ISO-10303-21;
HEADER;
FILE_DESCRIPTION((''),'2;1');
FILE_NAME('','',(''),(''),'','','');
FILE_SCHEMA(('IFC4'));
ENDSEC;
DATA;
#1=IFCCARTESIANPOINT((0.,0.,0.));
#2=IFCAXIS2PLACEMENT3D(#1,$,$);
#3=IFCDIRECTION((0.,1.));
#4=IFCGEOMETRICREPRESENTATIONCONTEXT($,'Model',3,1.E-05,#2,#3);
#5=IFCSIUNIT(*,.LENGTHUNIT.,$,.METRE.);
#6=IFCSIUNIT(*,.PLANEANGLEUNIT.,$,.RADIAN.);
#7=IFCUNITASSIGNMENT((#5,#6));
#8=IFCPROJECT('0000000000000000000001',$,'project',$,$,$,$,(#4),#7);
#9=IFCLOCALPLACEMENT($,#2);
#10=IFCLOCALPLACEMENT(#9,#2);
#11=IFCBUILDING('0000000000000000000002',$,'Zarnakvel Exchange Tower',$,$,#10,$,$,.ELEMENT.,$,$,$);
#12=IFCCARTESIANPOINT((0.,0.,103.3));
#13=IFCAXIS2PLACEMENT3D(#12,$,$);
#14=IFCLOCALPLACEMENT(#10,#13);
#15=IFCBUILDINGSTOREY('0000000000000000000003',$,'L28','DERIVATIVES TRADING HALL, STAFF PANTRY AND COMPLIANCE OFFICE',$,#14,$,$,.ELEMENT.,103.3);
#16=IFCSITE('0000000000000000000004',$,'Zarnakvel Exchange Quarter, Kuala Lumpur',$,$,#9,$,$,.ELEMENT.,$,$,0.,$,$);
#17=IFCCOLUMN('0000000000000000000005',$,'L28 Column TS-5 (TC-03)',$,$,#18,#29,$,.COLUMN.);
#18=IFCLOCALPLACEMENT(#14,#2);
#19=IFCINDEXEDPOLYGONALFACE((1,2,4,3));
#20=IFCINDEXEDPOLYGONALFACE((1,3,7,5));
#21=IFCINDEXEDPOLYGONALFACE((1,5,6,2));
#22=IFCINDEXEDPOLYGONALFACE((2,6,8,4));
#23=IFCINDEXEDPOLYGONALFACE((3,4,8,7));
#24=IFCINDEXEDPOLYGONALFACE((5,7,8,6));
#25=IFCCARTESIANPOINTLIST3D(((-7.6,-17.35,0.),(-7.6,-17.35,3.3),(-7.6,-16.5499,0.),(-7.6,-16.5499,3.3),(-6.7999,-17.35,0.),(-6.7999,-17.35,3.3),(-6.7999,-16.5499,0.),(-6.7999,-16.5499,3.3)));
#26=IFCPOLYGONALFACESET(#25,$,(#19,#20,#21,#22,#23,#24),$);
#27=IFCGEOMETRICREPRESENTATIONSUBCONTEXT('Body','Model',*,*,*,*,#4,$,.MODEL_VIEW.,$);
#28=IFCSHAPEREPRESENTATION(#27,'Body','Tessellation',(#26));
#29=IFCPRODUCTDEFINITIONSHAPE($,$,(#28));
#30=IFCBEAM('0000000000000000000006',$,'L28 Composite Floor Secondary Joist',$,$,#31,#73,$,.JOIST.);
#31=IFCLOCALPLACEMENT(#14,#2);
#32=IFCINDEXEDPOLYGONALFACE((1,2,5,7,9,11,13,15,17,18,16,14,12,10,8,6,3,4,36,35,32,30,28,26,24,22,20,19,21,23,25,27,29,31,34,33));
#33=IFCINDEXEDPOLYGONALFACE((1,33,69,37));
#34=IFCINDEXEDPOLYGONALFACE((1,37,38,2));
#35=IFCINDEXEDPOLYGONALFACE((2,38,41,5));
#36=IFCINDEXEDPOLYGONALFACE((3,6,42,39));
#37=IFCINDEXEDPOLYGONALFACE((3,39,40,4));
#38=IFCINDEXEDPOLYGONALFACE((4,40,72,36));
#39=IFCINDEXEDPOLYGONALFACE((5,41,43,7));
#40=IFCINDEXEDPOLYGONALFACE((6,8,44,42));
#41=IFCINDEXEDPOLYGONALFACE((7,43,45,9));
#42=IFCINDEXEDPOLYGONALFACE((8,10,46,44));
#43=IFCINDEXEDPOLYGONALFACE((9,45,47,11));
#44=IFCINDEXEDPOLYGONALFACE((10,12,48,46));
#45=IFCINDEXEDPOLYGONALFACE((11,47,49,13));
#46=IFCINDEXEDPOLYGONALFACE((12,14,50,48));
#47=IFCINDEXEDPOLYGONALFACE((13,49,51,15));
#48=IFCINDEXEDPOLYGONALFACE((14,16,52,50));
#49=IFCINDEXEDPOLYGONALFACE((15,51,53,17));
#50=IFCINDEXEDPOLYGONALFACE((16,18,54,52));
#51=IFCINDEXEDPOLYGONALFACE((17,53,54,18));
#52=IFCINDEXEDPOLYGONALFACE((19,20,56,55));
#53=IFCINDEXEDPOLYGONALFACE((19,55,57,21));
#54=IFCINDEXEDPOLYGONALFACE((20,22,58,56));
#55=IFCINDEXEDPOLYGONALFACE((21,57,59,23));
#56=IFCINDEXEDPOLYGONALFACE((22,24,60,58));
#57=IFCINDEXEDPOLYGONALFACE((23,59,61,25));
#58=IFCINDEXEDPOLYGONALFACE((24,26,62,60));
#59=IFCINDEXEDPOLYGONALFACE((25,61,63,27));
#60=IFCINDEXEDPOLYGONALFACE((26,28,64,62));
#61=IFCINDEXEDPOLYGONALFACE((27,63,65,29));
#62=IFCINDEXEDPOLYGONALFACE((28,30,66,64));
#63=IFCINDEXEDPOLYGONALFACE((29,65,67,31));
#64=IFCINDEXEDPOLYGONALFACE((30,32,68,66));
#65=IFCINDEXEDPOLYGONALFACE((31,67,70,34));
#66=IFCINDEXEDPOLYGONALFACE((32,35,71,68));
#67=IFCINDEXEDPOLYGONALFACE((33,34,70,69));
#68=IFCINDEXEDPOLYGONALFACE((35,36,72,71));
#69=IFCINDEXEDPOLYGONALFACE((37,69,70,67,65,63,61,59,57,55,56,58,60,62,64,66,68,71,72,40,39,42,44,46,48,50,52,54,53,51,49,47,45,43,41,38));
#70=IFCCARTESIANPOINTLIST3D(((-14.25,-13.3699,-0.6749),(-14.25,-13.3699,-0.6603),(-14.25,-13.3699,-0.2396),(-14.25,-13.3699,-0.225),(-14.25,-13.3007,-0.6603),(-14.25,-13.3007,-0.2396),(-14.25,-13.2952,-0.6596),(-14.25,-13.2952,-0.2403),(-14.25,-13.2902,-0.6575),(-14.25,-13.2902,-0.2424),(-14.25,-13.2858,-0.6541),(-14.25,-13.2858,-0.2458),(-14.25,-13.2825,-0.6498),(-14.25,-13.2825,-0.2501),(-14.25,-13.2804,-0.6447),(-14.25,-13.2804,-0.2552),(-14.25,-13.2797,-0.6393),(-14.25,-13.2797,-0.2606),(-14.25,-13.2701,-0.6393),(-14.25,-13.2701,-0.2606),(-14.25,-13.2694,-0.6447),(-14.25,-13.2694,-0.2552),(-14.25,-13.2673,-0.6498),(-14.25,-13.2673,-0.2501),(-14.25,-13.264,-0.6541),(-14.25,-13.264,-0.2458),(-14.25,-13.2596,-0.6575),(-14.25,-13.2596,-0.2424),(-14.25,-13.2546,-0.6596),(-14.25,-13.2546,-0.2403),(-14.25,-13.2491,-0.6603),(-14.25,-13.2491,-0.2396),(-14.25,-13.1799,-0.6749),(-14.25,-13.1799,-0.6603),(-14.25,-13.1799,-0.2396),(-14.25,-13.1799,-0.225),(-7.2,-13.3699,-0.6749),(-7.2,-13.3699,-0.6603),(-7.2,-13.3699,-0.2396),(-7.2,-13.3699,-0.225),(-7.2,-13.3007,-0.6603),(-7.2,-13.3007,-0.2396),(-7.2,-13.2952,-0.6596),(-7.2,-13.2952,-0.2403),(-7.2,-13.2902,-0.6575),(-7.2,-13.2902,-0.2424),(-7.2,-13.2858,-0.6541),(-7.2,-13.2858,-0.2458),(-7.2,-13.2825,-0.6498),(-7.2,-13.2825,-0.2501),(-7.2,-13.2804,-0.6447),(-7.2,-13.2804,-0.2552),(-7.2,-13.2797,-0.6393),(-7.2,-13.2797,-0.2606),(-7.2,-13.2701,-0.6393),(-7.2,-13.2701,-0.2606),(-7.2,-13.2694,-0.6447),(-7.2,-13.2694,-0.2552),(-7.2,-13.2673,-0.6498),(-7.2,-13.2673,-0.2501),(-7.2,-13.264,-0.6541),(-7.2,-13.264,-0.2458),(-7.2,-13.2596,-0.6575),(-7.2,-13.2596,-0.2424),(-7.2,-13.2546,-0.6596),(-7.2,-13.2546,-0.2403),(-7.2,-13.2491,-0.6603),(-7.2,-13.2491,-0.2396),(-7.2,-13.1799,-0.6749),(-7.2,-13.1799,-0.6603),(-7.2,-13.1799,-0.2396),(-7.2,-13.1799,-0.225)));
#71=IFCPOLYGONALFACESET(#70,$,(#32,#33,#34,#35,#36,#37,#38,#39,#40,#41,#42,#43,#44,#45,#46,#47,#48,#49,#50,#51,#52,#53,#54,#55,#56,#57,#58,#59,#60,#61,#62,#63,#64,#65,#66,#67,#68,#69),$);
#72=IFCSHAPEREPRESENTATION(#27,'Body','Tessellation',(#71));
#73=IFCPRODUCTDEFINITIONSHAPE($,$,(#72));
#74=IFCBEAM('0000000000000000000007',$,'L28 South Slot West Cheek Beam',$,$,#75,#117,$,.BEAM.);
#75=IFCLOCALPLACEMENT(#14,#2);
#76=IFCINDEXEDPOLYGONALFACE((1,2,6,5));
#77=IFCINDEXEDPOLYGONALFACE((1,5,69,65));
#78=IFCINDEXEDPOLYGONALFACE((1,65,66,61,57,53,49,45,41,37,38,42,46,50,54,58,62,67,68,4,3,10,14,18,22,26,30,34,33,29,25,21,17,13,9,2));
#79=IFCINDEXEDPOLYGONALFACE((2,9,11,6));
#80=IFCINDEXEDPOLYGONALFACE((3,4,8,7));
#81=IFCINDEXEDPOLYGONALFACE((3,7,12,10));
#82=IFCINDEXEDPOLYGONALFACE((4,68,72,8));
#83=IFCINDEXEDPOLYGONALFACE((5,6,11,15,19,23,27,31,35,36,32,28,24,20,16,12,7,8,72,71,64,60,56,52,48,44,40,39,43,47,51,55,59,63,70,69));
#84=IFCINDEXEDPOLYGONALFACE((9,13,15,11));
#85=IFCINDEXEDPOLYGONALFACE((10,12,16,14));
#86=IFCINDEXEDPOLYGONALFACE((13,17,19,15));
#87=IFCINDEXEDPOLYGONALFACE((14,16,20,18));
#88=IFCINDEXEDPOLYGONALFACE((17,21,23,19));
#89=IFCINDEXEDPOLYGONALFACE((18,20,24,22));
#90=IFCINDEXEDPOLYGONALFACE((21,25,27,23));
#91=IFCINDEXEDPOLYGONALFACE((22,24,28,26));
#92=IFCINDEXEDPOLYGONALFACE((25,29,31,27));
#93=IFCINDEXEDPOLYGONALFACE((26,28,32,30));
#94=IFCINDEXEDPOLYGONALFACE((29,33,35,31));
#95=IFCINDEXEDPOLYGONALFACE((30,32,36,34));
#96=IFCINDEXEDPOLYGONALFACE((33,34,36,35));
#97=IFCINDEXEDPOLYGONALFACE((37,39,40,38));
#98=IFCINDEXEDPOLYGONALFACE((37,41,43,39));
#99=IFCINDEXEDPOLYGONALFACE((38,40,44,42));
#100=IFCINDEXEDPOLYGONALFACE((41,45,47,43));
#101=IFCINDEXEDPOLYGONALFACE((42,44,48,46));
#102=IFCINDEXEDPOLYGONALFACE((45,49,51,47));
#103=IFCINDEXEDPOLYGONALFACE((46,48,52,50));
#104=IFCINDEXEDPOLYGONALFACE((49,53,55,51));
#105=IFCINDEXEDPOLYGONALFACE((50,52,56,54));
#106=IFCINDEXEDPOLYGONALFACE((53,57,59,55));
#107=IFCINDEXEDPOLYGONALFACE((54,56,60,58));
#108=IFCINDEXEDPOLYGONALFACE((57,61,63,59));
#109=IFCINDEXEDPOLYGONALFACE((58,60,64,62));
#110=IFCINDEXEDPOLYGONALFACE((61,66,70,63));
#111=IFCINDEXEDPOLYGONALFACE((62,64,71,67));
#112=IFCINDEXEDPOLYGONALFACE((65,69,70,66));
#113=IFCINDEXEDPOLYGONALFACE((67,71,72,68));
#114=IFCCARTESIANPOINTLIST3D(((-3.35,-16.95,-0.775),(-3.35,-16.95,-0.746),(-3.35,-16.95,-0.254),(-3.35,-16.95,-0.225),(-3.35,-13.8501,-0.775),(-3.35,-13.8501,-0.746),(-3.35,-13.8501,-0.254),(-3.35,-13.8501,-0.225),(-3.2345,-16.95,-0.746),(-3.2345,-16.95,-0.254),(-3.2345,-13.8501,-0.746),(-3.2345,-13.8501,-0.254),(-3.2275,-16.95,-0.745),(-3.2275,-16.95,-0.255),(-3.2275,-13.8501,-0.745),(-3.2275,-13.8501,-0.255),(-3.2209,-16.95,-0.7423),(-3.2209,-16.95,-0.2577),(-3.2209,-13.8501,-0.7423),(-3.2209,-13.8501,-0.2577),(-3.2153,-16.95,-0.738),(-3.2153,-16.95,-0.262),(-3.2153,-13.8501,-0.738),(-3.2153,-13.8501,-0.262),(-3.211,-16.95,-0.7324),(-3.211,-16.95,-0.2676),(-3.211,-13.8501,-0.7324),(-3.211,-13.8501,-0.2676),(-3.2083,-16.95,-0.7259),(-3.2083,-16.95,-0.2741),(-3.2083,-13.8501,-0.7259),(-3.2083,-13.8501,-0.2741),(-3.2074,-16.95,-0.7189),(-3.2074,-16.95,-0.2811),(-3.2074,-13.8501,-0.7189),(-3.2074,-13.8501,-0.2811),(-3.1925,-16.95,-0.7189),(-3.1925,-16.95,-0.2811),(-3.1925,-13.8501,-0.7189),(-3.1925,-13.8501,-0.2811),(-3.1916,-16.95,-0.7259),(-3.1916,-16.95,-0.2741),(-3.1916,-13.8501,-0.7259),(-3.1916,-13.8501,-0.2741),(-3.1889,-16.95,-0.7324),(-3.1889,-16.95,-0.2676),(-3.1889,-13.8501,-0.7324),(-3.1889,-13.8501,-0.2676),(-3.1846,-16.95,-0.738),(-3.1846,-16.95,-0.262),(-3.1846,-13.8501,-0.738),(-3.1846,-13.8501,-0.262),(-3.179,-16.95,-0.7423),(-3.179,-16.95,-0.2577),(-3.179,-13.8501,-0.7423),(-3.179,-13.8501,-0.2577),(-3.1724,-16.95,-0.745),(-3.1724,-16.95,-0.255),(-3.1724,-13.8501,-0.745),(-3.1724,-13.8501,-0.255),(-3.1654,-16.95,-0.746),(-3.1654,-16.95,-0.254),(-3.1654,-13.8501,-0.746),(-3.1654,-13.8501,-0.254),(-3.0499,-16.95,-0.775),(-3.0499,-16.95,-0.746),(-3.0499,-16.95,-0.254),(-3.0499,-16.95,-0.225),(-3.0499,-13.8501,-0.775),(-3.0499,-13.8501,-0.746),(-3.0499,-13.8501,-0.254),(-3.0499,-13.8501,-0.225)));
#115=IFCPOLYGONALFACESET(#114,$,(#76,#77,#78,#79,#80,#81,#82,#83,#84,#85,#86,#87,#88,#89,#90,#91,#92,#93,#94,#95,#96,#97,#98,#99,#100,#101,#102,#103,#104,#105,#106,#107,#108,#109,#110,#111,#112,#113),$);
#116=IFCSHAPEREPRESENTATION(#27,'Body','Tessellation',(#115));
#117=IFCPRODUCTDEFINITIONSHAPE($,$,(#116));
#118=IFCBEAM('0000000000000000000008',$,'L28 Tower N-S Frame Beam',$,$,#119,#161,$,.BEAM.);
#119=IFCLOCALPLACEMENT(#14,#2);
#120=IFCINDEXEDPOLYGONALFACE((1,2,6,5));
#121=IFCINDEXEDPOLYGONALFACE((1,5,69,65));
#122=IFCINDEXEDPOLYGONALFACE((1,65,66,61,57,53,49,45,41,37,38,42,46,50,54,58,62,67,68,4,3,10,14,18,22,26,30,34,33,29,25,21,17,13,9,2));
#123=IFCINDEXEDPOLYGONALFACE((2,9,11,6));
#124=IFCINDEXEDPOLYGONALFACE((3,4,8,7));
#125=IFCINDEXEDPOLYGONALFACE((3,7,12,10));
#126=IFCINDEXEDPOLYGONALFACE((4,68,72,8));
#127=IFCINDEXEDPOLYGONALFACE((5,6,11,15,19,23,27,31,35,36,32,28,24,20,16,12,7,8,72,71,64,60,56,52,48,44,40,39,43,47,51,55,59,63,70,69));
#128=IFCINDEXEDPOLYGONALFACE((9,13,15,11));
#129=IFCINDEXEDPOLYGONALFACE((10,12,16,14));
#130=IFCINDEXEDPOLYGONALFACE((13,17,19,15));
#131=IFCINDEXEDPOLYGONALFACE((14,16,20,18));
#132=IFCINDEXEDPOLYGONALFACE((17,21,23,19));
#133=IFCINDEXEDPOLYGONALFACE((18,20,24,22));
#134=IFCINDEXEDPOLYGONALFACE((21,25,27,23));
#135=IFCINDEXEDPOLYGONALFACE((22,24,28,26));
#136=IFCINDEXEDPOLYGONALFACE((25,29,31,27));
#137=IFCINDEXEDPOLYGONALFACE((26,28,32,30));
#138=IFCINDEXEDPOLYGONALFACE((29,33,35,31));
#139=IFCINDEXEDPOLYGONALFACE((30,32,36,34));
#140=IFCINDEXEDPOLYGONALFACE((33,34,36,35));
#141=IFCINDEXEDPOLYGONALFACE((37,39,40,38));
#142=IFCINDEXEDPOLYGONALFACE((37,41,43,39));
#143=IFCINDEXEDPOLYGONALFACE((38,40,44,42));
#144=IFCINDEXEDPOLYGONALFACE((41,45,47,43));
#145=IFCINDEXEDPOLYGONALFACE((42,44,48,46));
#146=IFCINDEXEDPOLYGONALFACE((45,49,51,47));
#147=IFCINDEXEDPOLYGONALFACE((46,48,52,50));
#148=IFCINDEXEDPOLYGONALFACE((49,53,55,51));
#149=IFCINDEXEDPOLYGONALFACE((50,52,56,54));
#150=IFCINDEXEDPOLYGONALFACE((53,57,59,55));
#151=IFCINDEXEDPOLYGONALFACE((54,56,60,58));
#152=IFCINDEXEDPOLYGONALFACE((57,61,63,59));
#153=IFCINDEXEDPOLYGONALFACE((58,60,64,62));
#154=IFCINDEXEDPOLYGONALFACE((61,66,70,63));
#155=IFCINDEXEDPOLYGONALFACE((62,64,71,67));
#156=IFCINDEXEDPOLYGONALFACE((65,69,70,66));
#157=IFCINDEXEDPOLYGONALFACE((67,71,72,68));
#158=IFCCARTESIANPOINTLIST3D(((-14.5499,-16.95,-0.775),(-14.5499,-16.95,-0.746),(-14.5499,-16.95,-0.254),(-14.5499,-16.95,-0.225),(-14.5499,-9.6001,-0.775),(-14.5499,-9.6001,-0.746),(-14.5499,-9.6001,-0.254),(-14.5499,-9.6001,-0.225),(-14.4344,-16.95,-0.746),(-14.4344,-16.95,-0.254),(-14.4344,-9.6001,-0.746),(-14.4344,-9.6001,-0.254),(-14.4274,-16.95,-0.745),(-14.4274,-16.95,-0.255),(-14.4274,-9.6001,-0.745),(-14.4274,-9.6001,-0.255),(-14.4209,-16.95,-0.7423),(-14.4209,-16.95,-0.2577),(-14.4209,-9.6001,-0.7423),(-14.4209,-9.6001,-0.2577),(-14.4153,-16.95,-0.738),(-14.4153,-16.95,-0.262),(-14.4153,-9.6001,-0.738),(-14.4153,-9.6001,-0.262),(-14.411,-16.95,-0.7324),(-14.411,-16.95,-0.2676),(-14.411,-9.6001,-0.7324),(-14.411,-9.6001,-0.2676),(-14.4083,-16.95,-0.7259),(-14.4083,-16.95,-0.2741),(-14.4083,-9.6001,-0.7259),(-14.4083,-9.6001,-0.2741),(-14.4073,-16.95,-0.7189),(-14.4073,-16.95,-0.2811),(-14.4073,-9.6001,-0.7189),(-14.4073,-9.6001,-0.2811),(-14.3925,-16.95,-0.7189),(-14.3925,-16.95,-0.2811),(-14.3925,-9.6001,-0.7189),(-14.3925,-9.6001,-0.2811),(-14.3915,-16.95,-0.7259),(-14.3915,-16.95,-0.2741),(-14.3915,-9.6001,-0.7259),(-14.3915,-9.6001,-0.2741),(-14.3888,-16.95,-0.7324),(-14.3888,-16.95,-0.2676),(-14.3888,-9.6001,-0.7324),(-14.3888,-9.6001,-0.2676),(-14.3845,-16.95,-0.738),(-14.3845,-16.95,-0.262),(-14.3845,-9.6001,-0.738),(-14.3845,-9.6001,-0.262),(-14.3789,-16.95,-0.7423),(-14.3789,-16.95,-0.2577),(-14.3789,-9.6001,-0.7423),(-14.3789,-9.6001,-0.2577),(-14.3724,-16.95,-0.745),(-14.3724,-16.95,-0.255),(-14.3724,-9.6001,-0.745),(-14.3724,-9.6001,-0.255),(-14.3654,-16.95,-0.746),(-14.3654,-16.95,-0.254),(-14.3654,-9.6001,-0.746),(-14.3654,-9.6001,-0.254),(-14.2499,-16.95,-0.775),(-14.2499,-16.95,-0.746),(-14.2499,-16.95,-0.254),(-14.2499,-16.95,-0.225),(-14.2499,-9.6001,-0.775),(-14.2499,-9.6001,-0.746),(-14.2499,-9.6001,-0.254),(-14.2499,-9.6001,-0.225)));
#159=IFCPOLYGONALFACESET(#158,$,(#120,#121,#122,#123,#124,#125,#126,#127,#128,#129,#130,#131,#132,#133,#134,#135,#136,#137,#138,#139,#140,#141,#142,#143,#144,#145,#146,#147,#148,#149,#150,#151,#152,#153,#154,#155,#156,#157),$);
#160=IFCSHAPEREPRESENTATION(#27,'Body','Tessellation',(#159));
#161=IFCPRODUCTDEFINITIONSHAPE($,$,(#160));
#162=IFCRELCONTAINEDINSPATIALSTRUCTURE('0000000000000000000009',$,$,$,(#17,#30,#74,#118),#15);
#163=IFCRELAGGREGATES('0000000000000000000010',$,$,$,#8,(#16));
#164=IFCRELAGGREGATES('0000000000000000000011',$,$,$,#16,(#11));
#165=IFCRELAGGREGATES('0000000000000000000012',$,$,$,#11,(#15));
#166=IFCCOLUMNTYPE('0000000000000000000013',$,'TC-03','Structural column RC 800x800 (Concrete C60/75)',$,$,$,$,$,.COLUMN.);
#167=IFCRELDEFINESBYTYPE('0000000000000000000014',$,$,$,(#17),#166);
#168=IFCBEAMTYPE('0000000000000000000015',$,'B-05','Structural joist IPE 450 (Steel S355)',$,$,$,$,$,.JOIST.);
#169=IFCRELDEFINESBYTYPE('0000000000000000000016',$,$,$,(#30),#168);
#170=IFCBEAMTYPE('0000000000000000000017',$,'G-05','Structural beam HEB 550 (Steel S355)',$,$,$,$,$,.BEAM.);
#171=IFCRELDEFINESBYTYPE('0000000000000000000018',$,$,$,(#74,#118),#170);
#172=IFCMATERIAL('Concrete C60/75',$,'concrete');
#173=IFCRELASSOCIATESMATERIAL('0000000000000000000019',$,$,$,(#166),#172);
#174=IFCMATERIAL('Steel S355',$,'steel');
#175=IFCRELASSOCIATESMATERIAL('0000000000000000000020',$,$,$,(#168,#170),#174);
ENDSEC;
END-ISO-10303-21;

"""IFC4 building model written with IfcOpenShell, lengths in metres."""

from ifc_helpers import new_model, si_unit, direction, frame, origin, origin_2d, place, context, subcontext, project, spatial, rectangle, i_section, extrude, material, material_profile, profile_set, type_object, element, save


model = new_model("IFC4")

# Units and contexts
model_context = context("Model", 3, precision=1e-05, world=origin(), true_north=direction((0.0, 1.0)))
body_context = subcontext(model_context, "Body", "Model", "MODEL_VIEW")
ifc_project = project(units=[si_unit("LENGTHUNIT", "METRE"), si_unit("PLANEANGLEUNIT", "RADIAN")], contexts=[model_context])

# Site, building, storey
site_placement = place(None, origin())
site = spatial("IfcSite", under=ifc_project, at=site_placement, Name="Zarnakvel Exchange Quarter, Kuala Lumpur", CompositionType="ELEMENT", RefElevation=0.0)
building_placement = place(site_placement, origin())
building = spatial("IfcBuilding", under=site, at=building_placement, Name="Zarnakvel Exchange Tower", CompositionType="ELEMENT")
storey_placement = place(building_placement, frame((0.0, 0.0, 103.3)))
storey = spatial("IfcBuildingStorey", under=building, at=storey_placement, Name="L28", Description="DERIVATIVES TRADING HALL, STAFF PANTRY AND COMPLIANCE OFFICE", CompositionType="ELEMENT", Elevation=103.3)

# Column
ifc_material_1 = material(Name="Concrete C60/75", Category="concrete")
ifc_material_profile_1 = material_profile(ifc_material_1, rectangle(XDim=0.8, YDim=0.8, at=origin_2d()))
ifc_profile_set_1 = profile_set([ifc_material_profile_1], Name="Concrete C60/75")
column_type = type_object("IfcColumnType", Name="TC-03", Description="Structural column RC 800x800 (Concrete C60/75)", PredefinedType="COLUMN", material=ifc_profile_set_1)
column_placement = place(storey_placement, frame((-7.2, -16.95, 0.0), z_axis=(0.0, 0.0, 1.0), x_axis=(1.0, 0.0, 0.0)))
element("IfcColumn", 1, at=column_placement, inside=storey, type_object=column_type, Name="L28 Column TS-5 (TC-03)", PredefinedType="COLUMN", context=body_context, shape_type="SweptSolid", body=[
    extrude(rectangle(XDim=0.8, YDim=0.8, at=origin_2d()), origin(), (0.0, 0.0, 1.0), 3.3),
])

# Beams
ifc_material_2 = material(Name="Steel S355", Category="steel")
ifc_material_profile_2 = material_profile(ifc_material_2, i_section(OverallWidth=0.1899, OverallDepth=0.45, WebThickness=0.0095, FlangeThickness=0.0146, FilletRadius=0.021, at=origin_2d()))
ifc_profile_set_2 = profile_set([ifc_material_profile_2], Name="Steel S355")
beam_type_1 = type_object("IfcBeamType", Name="B-05", Description="Structural joist IPE 450 (Steel S355)", PredefinedType="JOIST", material=ifc_profile_set_2)
beam_1_placement = place(storey_placement, frame((-14.25, -13.2749, -0.45), z_axis=(1.0, 0.0, 0.0), x_axis=(0.0, 1.0, 0.0)))
element("IfcBeam", 2, at=beam_1_placement, inside=storey, type_object=beam_type_1, Name="L28 Composite Floor Secondary Joist", PredefinedType="JOIST", context=body_context, shape_type="SweptSolid", body=[
    extrude(i_section(OverallWidth=0.1899, OverallDepth=0.45, WebThickness=0.0095, FlangeThickness=0.0146, FilletRadius=0.021, at=origin_2d()), origin(), (0.0, 0.0, 1.0), 7.05),
])
ifc_material_profile_3 = material_profile(ifc_material_2, i_section(OverallWidth=0.3, OverallDepth=0.55, WebThickness=0.0149, FlangeThickness=0.0291, FilletRadius=0.0271, at=origin_2d()))
ifc_profile_set_3 = profile_set([ifc_material_profile_3], Name="Steel S355")
beam_type_2 = type_object("IfcBeamType", Name="G-05", Description="Structural beam HEB 550 (Steel S355)", PredefinedType="BEAM", material=ifc_profile_set_3)
beam_2_placement = place(storey_placement, frame((-3.2, -16.95, -0.5), z_axis=(0.0, 1.0, 0.0), x_axis=(-1.0, 0.0, 0.0)))
element("IfcBeam", 3, at=beam_2_placement, inside=storey, type_object=beam_type_2, Name="L28 South Slot West Cheek Beam", PredefinedType="BEAM", context=body_context, shape_type="SweptSolid", body=[
    extrude(i_section(OverallWidth=0.3, OverallDepth=0.55, WebThickness=0.0149, FlangeThickness=0.0291, FilletRadius=0.0271, at=origin_2d()), origin(), (0.0, 0.0, 1.0), 3.0999),
])
for number, where, z_axis, x_axis, name in (
    (4, (-14.3999, -16.95, -0.5), (0.0, 1.0, 0.0), (-1.0, 0.0, 0.0), "L28 Tower N-S Frame Beam"),
):
    element("IfcBeam", number, at=place(storey_placement, frame(where, z_axis=z_axis, x_axis=x_axis)), inside=storey, type_object=beam_type_2, Name=name, PredefinedType="BEAM", context=body_context, shape_type="SweptSolid", body=[
        extrude(i_section(OverallWidth=0.3, OverallDepth=0.55, WebThickness=0.0149, FlangeThickness=0.0291, FilletRadius=0.0271, at=origin_2d()), origin(), (0.0, 0.0, 1.0), 7.3499),
    ])

save(model, "model.ifc")
